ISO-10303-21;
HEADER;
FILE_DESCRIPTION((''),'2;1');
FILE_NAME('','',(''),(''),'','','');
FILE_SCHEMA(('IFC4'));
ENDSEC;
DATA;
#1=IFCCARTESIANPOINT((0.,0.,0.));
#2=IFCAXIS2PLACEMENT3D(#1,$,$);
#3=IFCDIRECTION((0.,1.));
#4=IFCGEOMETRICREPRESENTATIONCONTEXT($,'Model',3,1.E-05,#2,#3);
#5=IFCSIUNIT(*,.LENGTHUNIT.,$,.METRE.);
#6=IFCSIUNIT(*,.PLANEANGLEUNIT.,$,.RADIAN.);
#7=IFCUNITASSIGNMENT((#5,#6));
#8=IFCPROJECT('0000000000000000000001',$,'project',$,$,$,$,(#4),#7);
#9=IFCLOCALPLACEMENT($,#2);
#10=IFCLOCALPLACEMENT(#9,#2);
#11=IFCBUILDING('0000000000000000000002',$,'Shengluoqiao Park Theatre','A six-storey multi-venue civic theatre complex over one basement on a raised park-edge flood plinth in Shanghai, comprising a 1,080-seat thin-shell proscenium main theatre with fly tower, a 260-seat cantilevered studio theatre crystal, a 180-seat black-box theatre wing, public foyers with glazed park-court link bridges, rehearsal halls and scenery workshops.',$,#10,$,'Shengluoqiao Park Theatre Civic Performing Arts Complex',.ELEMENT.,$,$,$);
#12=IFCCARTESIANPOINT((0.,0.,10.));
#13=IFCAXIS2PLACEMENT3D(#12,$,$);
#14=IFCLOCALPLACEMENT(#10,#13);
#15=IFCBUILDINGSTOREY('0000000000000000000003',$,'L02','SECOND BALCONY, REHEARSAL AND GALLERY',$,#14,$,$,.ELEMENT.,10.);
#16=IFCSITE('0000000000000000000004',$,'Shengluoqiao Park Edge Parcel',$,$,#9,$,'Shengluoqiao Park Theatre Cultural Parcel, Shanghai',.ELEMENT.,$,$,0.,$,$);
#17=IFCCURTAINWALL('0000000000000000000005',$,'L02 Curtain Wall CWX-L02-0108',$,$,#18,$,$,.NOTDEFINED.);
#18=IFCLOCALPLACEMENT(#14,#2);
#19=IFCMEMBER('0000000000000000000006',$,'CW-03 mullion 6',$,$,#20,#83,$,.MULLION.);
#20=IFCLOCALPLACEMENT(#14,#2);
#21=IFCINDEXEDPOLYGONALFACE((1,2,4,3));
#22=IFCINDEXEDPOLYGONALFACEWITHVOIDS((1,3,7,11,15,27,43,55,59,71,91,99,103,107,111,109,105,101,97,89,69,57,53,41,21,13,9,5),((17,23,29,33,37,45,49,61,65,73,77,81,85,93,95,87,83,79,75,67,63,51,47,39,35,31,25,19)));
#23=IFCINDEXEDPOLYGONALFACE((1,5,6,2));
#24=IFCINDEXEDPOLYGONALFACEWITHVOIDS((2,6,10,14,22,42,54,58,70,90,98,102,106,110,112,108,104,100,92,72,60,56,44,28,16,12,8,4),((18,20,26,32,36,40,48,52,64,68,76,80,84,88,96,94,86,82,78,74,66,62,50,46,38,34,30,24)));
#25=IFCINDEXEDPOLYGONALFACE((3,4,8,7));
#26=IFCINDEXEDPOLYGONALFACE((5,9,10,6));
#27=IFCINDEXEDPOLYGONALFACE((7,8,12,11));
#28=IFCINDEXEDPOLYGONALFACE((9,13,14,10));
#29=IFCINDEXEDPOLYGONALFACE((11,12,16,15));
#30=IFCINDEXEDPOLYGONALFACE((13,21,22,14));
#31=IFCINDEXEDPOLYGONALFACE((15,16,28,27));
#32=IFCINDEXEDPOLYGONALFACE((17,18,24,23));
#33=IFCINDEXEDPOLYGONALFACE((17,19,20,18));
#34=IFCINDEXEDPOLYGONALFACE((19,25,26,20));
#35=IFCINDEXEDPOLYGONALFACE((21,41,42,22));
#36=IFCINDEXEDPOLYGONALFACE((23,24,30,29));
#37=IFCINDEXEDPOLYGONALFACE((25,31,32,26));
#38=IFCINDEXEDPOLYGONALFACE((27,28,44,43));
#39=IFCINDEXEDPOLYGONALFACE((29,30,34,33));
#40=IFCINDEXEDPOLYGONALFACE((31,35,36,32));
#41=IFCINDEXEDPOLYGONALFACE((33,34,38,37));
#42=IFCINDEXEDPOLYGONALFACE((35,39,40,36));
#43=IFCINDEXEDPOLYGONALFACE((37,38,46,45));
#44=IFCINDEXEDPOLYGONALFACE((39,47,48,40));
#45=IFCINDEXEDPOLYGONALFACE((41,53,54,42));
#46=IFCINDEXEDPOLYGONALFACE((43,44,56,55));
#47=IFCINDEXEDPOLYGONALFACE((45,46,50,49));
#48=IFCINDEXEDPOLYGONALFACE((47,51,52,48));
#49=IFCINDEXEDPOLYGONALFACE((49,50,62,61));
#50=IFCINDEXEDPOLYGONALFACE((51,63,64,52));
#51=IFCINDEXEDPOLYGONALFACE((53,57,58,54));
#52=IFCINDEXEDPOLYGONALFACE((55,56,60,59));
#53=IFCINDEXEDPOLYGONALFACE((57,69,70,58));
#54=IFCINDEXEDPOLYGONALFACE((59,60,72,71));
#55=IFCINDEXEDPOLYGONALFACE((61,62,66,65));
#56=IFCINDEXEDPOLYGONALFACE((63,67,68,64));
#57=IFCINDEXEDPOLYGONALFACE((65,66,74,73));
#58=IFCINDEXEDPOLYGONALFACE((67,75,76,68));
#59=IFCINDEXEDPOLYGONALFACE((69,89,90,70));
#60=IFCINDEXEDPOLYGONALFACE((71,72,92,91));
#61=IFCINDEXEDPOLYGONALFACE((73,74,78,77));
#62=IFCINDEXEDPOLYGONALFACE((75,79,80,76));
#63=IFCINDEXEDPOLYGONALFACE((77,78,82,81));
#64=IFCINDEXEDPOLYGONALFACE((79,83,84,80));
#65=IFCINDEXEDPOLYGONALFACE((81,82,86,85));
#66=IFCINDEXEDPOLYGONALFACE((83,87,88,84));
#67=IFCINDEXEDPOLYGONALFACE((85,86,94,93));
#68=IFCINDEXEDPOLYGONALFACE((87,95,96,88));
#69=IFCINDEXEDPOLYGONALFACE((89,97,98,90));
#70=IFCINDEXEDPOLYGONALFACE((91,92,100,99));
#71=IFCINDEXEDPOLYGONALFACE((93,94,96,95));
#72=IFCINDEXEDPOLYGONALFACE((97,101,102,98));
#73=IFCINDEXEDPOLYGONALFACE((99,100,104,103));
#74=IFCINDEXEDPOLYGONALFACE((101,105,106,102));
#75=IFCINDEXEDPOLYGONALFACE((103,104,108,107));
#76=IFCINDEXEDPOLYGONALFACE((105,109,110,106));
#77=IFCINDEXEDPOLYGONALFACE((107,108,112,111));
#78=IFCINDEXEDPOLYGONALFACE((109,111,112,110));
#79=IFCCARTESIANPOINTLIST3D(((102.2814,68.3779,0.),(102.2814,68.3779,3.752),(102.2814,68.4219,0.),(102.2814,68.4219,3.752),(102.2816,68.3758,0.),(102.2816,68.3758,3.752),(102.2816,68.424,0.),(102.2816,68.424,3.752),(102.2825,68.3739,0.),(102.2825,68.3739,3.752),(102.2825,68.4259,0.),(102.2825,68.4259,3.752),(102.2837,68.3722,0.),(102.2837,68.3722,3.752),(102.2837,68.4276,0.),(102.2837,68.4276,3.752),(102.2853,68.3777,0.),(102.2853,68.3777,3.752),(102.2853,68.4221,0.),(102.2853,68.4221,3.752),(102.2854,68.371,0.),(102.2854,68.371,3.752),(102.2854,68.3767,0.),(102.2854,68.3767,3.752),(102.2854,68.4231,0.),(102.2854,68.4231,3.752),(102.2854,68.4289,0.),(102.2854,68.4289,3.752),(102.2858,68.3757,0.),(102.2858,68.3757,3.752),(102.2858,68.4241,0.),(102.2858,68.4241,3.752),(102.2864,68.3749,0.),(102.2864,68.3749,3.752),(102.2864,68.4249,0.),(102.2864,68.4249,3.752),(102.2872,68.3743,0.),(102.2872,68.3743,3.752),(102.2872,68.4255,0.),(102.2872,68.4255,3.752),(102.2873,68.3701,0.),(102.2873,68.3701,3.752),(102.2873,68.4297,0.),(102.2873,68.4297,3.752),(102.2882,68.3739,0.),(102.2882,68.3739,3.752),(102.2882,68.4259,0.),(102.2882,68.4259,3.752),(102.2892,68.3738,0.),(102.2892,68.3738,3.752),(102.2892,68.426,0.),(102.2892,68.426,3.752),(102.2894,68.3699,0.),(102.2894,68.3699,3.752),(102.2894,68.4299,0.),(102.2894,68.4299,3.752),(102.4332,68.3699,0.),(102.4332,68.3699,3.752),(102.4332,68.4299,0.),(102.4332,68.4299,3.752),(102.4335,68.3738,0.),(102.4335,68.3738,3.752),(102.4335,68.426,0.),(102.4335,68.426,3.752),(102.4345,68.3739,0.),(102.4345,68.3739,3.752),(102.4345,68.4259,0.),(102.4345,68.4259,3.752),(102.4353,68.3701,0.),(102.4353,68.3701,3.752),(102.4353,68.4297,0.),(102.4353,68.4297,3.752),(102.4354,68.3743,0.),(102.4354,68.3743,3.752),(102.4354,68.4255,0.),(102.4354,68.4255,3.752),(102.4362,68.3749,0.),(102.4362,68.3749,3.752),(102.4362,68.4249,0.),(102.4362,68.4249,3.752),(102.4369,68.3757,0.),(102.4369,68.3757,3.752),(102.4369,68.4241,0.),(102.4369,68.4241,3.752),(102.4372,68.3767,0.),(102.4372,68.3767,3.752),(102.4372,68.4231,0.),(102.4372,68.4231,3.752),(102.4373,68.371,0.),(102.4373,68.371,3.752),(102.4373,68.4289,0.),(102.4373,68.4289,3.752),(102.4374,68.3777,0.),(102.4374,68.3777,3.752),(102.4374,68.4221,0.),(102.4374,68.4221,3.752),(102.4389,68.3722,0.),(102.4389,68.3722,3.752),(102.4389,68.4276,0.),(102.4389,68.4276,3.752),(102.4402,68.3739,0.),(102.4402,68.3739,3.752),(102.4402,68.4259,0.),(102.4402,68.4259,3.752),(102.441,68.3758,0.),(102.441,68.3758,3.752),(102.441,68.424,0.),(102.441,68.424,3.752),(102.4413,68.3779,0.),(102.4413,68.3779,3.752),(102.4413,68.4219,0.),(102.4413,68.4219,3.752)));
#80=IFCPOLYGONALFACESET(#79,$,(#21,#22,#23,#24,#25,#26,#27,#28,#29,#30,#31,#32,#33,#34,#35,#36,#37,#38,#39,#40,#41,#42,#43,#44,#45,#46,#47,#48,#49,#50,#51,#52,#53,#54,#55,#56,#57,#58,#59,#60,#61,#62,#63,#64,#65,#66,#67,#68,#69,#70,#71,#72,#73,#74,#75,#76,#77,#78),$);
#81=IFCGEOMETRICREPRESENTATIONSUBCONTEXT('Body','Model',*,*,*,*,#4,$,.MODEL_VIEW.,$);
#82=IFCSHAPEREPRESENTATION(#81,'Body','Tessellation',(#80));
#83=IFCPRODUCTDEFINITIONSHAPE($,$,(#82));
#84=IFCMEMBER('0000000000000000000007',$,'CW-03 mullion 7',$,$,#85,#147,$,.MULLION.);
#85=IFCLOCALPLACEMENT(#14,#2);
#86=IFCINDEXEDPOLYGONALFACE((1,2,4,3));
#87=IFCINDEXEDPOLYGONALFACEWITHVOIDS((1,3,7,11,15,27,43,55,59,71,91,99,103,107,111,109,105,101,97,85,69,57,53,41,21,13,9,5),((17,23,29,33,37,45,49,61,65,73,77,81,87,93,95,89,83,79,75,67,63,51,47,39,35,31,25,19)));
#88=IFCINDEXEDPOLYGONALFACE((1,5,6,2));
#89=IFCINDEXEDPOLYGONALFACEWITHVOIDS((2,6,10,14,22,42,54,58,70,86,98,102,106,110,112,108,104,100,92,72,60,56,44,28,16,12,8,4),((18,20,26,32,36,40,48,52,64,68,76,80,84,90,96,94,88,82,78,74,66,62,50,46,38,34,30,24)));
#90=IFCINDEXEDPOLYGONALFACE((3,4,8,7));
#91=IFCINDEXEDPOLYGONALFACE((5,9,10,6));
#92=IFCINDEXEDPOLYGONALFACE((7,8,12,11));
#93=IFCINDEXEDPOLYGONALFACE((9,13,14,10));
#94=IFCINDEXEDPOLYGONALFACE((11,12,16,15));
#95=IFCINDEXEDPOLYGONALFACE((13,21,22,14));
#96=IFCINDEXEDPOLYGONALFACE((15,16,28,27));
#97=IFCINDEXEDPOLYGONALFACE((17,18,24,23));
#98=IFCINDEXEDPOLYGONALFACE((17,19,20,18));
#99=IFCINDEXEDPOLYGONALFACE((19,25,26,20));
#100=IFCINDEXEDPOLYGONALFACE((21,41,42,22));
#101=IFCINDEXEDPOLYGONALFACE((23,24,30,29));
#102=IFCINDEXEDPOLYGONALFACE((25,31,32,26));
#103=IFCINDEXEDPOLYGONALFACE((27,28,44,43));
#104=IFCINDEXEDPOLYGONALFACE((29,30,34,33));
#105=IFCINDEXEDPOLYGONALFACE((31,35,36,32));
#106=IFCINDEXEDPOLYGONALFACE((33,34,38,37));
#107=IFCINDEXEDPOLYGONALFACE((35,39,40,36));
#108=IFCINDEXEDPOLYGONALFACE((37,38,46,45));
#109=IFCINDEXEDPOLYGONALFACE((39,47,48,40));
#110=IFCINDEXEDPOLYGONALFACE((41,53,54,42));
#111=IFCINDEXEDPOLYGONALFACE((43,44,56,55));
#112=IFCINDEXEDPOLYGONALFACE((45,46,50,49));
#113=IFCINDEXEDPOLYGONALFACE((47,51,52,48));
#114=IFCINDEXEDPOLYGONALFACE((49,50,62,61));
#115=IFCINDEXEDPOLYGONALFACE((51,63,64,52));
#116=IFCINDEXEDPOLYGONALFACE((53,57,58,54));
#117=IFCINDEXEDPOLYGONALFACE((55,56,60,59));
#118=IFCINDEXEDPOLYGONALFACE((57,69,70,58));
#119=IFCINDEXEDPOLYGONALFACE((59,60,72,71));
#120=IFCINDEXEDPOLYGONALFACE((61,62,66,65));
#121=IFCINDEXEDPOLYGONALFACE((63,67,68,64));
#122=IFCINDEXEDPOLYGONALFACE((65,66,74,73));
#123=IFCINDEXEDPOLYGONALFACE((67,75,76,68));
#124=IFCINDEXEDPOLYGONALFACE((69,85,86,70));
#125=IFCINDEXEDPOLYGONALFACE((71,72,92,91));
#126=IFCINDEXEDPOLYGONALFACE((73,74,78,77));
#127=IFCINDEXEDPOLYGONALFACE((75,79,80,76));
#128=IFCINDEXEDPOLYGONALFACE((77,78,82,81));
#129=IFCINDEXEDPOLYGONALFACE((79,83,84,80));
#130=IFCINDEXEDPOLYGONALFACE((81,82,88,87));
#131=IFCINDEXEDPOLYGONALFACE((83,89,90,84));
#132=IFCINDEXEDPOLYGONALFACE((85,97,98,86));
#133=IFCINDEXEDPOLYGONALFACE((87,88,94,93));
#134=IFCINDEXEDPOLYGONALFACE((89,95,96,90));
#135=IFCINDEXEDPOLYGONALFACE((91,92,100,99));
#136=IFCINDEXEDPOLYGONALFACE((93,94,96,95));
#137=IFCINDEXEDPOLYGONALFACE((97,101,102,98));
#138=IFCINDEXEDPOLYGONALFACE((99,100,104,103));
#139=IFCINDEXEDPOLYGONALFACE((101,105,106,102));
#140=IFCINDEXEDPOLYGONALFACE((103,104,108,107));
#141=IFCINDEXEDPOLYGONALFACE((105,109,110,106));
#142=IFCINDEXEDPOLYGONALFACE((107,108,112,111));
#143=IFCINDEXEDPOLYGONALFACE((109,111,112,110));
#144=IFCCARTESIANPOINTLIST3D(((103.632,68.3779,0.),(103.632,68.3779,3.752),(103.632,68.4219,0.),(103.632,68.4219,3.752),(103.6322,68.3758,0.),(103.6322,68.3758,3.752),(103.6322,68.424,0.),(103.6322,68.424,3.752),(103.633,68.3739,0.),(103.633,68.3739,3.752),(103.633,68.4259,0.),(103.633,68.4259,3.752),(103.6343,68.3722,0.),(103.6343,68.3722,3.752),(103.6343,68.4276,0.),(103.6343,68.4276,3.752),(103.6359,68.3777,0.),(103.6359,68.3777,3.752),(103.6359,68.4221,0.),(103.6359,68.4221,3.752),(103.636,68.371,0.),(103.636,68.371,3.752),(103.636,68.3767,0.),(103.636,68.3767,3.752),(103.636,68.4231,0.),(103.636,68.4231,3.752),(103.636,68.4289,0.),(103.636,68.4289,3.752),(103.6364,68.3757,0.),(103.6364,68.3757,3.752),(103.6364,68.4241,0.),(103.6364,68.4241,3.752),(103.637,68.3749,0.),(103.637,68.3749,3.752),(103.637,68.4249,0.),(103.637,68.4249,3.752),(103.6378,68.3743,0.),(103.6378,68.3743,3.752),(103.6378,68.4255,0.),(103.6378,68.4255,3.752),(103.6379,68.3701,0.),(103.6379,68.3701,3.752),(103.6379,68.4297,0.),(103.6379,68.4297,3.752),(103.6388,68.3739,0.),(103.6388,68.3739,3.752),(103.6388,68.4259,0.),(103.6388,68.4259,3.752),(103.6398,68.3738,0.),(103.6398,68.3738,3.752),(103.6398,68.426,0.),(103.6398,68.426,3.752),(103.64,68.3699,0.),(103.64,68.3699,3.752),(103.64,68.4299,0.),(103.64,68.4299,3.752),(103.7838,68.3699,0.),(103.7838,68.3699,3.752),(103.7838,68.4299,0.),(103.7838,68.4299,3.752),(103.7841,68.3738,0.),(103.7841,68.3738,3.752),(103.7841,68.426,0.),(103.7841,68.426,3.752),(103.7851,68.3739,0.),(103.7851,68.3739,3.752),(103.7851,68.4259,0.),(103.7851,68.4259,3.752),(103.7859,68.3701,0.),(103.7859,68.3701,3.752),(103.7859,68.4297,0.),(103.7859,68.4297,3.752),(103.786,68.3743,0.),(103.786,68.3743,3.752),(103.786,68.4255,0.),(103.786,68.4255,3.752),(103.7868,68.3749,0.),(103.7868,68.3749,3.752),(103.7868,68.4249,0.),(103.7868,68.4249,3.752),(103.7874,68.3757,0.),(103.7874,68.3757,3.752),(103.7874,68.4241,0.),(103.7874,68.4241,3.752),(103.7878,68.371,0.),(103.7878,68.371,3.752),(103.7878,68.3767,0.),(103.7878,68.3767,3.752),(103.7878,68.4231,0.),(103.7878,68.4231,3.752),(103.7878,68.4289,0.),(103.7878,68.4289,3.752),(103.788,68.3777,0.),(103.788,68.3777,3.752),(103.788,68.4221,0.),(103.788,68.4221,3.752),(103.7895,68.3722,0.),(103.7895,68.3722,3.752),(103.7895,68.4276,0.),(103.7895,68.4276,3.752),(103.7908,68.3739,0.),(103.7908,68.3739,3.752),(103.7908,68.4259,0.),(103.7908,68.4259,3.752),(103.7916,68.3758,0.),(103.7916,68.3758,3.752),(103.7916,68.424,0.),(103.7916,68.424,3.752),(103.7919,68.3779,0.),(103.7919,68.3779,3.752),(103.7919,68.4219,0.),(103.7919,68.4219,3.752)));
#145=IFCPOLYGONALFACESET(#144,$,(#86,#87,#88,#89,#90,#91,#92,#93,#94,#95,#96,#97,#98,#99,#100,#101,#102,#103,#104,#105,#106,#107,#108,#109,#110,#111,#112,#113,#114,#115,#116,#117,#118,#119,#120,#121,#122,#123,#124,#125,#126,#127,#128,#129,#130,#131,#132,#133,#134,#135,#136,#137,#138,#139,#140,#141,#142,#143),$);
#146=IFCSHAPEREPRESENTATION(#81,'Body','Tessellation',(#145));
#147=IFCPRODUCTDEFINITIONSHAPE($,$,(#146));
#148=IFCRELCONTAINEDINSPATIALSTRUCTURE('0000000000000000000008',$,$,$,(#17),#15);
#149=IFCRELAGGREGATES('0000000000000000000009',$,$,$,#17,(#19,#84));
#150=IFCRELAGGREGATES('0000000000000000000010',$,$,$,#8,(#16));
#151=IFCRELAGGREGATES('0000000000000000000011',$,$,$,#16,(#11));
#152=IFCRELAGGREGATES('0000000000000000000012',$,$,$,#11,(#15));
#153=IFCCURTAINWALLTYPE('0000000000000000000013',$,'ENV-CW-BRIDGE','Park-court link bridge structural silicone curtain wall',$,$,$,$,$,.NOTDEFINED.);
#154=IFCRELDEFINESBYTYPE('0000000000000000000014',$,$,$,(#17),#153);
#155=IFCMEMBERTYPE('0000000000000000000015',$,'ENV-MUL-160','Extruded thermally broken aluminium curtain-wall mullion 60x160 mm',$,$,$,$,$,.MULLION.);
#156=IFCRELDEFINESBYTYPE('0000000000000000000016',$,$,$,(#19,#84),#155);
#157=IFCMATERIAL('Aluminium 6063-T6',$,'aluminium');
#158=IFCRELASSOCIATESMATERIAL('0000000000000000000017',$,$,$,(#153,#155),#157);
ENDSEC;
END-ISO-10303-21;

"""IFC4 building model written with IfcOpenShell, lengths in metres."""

from ifc_helpers import new_model, si_unit, direction, frame, origin, origin_2d, place, context, subcontext, project, spatial, hollow_rectangle, extrude, material, material_profile, profile_set, type_object, element, aggregate, save


model = new_model("IFC4")

# Units and contexts
model_context = context("Model", 3, precision=1e-05, world=origin(), true_north=direction((0.0, 1.0)))
body_context = subcontext(model_context, "Body", "Model", "MODEL_VIEW")
ifc_project = project(units=[si_unit("LENGTHUNIT", "METRE"), si_unit("PLANEANGLEUNIT", "RADIAN")], contexts=[model_context])

# Site, building, storey
site_placement = place(None, origin())
site = spatial("IfcSite", under=ifc_project, at=site_placement, Name="Shengluoqiao Park Edge Parcel", LongName="Shengluoqiao Park Theatre Cultural Parcel, Shanghai", CompositionType="ELEMENT", RefElevation=0.0)
building_placement = place(site_placement, origin())
building = spatial("IfcBuilding", under=site, at=building_placement, Name="Shengluoqiao Park Theatre", Description="A six-storey multi-venue civic theatre complex over one basement on a raised park-edge flood plinth in Shanghai, comprising a 1,080-seat thin-shell proscenium main theatre with fly tower, a 260-seat cantilevered studio theatre crystal, a 180-seat black-box theatre wing, public foyers with glazed park-court link bridges, rehearsal halls and scenery workshops.", LongName="Shengluoqiao Park Theatre Civic Performing Arts Complex", CompositionType="ELEMENT")
storey_placement = place(building_placement, frame((0.0, 0.0, 10.0)))
storey = spatial("IfcBuildingStorey", under=building, at=storey_placement, Name="L02", Description="SECOND BALCONY, REHEARSAL AND GALLERY", CompositionType="ELEMENT", Elevation=10.0)

# Curtain wall, members
ifc_material_1 = material(Name="Aluminium 6063-T6", Category="aluminium")
curtain_wall_type = type_object("IfcCurtainWallType", Name="ENV-CW-BRIDGE", Description="Park-court link bridge structural silicone curtain wall", PredefinedType="NOTDEFINED", material=ifc_material_1)
curtain_wall_1_placement = place(storey_placement, origin())
curtain_wall_1 = element("IfcCurtainWall", 1, at=curtain_wall_1_placement, inside=storey, type_object=curtain_wall_type, Name="L02 Curtain Wall CWX-L02-0108", PredefinedType="NOTDEFINED")
ifc_material_profile_1 = material_profile(ifc_material_1, hollow_rectangle(XDim=0.0601, YDim=0.1599, WallThickness=0.0039, InnerFilletRadius=0.0039, OuterFilletRadius=0.0081, at=origin_2d()), Name="ALU MULLION 160x60x4")
ifc_profile_set_1 = profile_set([ifc_material_profile_1], Name="Aluminium 6063-T6")
member_type_1 = type_object("IfcMemberType", Name="ENV-MUL-160", Description="Extruded thermally broken aluminium curtain-wall mullion 60x160 mm", PredefinedType="MULLION", material=ifc_profile_set_1)
member_1_placement = place(storey_placement, frame((102.3613, 68.3999, 0.0), z_axis=(0.0, 0.0, 1.0), x_axis=(0.0, 1.0, 0.0)))
member_1 = element("IfcMember", 2, at=member_1_placement, type_object=member_type_1, Name="CW-03 mullion 6", PredefinedType="MULLION", context=body_context, shape_type="SweptSolid", body=[
    extrude(hollow_rectangle(XDim=0.0601, YDim=0.1599, WallThickness=0.0039, InnerFilletRadius=0.0039, OuterFilletRadius=0.0081, at=origin_2d()), origin(), (0.0, 0.0, 1.0), 3.752),
])
member_2_placement = place(storey_placement, frame((103.7119, 68.3999, 0.0), z_axis=(0.0, 0.0, 1.0), x_axis=(0.0, 1.0, 0.0)))
member_2 = element("IfcMember", 3, at=member_2_placement, type_object=member_type_1, Name="CW-03 mullion 7", PredefinedType="MULLION", context=body_context, shape_type="SweptSolid", body=[
    extrude(hollow_rectangle(XDim=0.0601, YDim=0.1599, WallThickness=0.0039, InnerFilletRadius=0.0039, OuterFilletRadius=0.0081, at=origin_2d()), origin(), (0.0, 0.0, 1.0), 3.752),
])

aggregate(curtain_wall_1, [member_1, member_2])

save(model, "model.ifc")
